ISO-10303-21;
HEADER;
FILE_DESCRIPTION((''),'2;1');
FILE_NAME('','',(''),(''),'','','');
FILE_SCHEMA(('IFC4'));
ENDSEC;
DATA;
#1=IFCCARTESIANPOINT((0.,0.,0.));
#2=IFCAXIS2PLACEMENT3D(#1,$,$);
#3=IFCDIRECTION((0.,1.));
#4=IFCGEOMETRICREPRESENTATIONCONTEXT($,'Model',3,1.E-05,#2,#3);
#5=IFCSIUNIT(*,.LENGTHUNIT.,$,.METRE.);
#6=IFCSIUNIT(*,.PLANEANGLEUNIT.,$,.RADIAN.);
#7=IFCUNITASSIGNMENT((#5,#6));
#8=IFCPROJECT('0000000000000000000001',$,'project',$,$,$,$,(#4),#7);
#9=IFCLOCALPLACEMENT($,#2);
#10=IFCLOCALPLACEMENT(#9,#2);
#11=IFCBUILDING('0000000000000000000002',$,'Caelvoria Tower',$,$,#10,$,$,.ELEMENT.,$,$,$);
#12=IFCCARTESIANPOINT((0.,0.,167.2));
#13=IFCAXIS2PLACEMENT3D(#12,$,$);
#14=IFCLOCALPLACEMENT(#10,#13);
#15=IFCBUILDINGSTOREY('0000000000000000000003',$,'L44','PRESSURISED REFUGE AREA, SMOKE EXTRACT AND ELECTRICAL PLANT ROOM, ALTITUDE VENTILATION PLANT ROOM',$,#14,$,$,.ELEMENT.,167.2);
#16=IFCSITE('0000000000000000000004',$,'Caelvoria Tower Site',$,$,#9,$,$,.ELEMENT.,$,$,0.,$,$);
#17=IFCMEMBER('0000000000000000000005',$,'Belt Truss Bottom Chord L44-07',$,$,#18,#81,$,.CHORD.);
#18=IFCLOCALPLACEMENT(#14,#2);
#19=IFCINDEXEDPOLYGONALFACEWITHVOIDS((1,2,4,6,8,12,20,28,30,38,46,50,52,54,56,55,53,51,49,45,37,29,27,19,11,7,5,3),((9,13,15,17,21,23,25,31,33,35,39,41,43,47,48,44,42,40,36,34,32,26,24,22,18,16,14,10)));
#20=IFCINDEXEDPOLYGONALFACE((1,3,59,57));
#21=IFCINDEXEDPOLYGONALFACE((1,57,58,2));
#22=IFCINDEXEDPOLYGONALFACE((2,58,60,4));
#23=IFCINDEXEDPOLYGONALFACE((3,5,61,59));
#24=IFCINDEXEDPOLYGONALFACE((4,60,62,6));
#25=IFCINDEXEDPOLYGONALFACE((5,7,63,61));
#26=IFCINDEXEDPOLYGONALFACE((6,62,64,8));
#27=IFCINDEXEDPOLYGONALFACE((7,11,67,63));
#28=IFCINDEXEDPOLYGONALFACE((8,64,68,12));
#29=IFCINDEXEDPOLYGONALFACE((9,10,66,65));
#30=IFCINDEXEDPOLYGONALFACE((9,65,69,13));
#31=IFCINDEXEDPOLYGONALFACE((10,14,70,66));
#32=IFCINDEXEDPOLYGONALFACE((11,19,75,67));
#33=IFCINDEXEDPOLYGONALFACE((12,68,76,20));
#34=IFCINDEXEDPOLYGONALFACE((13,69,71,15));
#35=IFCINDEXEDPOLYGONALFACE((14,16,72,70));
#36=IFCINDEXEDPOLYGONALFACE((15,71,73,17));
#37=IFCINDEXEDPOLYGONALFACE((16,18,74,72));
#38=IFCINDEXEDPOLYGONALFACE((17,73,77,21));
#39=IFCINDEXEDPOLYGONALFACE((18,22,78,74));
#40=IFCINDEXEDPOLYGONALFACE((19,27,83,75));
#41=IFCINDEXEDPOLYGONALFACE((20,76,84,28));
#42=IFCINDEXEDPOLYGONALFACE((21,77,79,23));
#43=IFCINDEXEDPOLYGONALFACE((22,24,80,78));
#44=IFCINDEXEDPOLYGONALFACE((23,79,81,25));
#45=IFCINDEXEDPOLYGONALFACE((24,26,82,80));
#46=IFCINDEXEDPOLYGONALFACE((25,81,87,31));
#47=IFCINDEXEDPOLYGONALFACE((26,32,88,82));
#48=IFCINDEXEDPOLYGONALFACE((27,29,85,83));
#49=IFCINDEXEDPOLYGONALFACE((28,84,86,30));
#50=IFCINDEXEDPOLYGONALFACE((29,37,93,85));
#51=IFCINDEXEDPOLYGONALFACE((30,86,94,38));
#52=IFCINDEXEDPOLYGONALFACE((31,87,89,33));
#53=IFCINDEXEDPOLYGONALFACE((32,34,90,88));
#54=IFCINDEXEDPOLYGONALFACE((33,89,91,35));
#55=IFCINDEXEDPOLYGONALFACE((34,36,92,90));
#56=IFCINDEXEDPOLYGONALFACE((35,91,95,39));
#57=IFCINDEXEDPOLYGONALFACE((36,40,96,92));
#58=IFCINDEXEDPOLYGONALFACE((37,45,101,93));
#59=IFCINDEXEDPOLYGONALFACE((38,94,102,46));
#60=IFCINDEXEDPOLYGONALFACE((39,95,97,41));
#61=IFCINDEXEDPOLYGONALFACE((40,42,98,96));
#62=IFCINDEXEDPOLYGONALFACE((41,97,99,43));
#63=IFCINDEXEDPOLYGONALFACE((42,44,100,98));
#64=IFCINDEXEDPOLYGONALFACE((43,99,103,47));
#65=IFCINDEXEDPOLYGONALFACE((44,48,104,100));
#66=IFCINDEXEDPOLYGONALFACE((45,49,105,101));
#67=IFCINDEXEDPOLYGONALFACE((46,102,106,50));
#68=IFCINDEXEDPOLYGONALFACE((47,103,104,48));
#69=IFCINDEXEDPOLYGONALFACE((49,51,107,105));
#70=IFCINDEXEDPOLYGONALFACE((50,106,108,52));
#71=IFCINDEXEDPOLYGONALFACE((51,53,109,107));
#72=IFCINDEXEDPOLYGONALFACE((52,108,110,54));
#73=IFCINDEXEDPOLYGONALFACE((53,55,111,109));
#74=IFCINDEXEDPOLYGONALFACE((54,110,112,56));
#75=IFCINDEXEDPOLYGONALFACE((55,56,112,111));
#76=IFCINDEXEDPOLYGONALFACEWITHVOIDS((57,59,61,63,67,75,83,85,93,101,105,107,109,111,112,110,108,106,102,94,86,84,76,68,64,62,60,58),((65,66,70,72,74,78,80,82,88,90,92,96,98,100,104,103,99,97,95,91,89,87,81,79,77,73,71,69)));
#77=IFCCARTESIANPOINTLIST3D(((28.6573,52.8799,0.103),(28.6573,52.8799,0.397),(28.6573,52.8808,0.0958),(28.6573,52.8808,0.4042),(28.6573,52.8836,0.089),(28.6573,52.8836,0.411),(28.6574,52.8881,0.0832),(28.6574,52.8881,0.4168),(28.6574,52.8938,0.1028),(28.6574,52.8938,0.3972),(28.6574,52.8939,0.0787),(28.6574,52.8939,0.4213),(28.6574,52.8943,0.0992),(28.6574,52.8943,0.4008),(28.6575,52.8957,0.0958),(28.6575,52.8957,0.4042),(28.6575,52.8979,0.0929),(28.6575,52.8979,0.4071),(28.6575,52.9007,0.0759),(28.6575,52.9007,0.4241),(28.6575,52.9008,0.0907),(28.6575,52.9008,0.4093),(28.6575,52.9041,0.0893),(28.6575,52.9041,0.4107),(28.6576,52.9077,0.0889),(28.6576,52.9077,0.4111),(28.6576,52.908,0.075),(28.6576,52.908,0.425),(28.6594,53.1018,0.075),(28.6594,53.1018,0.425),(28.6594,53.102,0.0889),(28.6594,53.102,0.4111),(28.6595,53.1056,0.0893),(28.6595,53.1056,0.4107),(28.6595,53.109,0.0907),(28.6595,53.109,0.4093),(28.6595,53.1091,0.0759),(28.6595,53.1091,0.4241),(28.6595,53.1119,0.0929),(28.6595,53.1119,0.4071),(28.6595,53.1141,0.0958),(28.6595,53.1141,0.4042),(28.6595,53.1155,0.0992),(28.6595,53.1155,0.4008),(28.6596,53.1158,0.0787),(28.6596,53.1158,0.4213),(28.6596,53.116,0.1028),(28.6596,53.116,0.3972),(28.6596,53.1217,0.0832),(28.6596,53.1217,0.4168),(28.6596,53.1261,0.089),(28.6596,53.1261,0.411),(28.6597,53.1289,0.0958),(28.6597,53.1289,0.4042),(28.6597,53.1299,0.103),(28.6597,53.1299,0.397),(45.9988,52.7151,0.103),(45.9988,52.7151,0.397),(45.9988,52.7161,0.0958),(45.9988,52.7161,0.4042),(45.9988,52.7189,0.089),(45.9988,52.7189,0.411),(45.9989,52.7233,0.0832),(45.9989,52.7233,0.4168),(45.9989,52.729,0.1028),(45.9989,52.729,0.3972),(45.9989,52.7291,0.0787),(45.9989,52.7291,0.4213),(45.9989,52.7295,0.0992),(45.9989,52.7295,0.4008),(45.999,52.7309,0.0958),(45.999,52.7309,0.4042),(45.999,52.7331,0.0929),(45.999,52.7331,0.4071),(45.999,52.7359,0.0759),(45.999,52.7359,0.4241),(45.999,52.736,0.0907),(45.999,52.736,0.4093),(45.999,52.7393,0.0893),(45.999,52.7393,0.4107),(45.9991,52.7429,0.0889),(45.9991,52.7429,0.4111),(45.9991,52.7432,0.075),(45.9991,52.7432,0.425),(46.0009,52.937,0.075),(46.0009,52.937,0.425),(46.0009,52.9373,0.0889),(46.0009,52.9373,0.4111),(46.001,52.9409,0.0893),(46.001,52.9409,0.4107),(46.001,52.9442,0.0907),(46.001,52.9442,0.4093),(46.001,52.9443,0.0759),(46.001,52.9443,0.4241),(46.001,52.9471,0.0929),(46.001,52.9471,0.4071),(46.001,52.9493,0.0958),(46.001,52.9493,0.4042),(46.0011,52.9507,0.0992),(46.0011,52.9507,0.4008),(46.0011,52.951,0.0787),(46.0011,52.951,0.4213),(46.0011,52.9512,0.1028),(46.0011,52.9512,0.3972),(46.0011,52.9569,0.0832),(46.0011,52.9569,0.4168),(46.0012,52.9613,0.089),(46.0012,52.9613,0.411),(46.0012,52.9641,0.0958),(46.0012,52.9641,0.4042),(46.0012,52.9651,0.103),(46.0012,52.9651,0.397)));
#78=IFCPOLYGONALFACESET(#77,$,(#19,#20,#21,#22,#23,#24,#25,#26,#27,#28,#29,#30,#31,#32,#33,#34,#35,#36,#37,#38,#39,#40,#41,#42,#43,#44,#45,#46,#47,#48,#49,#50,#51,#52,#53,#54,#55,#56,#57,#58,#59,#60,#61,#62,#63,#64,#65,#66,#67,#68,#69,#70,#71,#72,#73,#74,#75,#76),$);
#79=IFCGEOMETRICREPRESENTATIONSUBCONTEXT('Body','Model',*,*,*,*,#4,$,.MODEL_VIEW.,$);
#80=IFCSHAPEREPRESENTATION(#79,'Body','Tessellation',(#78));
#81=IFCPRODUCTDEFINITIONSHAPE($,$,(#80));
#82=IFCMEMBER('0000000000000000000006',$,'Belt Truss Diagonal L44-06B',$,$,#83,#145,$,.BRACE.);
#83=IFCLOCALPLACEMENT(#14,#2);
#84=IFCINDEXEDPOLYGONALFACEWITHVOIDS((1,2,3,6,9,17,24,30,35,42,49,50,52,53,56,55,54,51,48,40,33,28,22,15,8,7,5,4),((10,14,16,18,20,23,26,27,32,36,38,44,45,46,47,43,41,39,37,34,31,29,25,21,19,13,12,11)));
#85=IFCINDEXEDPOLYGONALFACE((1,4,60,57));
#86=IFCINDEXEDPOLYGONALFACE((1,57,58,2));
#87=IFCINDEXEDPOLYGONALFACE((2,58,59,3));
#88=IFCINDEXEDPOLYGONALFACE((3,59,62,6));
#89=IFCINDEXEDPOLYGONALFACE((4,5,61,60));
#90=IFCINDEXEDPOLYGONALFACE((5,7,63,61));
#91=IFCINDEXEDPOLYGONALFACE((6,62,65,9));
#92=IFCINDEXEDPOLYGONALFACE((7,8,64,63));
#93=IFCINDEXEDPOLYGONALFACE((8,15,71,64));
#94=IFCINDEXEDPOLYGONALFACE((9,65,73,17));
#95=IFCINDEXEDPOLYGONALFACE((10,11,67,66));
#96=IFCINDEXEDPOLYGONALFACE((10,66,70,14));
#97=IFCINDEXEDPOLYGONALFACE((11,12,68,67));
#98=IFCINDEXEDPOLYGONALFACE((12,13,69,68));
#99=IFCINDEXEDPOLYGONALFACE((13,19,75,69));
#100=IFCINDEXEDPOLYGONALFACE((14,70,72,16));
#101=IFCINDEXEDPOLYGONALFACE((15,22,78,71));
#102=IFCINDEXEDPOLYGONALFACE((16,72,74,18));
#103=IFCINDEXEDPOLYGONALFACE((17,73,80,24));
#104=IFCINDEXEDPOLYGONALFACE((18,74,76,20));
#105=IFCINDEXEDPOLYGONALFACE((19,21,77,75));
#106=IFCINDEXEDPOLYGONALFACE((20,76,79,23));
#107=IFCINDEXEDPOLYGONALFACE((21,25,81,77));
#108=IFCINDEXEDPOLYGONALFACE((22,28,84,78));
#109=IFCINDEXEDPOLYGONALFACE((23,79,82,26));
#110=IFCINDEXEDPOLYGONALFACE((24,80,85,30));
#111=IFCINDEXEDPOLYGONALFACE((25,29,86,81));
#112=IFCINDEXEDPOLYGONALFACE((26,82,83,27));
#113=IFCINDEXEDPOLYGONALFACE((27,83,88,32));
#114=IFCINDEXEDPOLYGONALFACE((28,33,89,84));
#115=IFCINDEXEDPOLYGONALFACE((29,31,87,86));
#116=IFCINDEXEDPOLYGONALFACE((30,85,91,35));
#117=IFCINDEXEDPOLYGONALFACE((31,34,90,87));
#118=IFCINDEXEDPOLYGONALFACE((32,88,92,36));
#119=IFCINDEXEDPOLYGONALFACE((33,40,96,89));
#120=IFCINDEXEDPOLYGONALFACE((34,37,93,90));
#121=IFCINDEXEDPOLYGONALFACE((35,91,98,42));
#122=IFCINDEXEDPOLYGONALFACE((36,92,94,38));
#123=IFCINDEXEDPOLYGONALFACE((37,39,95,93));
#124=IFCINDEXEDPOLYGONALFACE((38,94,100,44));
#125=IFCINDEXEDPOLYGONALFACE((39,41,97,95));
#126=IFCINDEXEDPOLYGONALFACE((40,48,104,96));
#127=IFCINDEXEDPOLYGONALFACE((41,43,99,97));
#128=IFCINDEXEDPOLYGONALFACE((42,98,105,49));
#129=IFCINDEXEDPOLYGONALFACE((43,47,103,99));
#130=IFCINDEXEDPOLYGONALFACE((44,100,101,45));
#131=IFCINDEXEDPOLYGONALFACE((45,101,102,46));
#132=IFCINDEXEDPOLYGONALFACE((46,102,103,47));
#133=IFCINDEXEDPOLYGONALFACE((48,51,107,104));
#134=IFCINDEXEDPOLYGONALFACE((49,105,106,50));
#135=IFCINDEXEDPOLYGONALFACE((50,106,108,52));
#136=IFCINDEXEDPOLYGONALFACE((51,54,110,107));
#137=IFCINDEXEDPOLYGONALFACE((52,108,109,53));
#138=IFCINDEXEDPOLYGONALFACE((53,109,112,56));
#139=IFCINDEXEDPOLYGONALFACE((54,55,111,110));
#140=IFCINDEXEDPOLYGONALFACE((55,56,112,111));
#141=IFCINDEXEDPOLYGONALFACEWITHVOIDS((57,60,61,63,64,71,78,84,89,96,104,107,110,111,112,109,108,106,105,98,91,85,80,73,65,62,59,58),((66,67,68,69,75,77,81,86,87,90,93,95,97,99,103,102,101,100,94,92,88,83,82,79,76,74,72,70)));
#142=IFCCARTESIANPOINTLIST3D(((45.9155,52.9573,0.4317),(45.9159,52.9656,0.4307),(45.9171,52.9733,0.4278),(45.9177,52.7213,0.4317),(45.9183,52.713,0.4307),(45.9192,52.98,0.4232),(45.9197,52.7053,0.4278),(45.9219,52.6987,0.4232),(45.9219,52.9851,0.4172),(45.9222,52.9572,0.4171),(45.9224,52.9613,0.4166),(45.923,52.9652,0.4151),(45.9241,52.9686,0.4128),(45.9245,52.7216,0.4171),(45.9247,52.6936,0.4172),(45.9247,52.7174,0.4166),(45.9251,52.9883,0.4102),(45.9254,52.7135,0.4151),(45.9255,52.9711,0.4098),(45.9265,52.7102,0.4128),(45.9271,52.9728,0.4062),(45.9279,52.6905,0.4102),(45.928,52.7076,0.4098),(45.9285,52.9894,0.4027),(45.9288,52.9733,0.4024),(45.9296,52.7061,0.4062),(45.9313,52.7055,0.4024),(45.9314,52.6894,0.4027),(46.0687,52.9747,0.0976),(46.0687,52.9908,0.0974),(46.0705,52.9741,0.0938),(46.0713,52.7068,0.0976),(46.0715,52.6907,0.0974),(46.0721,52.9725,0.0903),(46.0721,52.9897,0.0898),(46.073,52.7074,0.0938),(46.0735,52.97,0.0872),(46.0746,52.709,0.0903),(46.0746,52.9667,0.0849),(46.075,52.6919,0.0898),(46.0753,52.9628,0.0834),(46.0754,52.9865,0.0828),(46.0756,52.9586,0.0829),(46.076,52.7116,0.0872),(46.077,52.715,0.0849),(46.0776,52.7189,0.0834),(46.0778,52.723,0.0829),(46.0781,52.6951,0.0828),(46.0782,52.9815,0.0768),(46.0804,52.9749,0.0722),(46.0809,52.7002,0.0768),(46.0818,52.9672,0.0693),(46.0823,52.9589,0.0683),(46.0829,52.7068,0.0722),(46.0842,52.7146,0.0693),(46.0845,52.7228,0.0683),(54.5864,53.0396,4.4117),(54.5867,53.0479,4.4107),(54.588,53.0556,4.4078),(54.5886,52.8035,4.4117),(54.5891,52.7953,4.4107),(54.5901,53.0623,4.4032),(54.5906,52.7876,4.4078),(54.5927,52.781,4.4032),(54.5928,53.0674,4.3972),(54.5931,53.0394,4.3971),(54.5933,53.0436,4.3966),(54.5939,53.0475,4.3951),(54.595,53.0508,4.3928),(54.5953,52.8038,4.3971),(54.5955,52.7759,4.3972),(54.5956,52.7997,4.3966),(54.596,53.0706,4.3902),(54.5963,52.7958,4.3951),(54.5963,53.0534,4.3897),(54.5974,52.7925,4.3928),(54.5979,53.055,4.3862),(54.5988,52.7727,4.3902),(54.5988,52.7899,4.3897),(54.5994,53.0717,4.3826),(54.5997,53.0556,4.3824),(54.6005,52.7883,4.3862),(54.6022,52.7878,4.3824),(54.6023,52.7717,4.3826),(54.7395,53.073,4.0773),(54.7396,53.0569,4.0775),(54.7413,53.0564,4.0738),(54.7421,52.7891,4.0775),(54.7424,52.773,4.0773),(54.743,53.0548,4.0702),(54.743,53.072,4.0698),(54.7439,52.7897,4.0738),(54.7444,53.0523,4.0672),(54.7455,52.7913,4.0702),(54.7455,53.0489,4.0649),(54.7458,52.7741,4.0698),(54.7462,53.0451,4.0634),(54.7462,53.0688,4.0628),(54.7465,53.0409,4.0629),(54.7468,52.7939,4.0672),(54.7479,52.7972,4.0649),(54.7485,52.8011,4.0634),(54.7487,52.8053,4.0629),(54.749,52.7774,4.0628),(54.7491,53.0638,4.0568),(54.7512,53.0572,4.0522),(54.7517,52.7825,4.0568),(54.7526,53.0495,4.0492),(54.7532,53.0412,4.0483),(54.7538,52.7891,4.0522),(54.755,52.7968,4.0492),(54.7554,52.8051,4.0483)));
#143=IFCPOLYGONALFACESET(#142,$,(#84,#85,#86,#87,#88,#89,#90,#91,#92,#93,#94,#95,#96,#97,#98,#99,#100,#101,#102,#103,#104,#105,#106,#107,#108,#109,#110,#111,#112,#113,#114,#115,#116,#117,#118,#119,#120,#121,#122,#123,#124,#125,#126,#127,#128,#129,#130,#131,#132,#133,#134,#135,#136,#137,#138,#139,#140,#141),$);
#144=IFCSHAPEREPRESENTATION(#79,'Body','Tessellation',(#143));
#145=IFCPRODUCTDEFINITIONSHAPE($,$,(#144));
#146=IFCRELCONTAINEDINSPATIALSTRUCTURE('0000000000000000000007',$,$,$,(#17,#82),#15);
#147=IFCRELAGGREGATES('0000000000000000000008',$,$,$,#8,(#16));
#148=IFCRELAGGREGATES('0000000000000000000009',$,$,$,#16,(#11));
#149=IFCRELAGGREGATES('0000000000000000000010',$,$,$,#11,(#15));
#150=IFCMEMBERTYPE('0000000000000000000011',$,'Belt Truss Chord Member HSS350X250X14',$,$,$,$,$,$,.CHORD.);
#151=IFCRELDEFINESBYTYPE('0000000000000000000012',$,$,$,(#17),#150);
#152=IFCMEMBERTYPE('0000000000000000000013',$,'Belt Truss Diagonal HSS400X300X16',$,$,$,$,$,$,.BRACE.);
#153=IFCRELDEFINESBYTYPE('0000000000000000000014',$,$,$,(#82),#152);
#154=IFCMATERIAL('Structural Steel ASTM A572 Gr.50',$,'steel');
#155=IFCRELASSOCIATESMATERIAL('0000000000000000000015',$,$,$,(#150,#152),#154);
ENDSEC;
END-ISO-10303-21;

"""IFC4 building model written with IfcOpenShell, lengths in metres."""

from ifc_helpers import new_model, si_unit, direction, frame, origin, origin_2d, place, context, subcontext, project, spatial, hollow_rectangle, extrude, material, material_profile, profile_set, type_object, element, save


model = new_model("IFC4")

# Units and contexts
model_context = context("Model", 3, precision=1e-05, world=origin(), true_north=direction((0.0, 1.0)))
body_context = subcontext(model_context, "Body", "Model", "MODEL_VIEW")
ifc_project = project(units=[si_unit("LENGTHUNIT", "METRE"), si_unit("PLANEANGLEUNIT", "RADIAN")], contexts=[model_context])

# Site, building, storey
site_placement = place(None, origin())
site = spatial("IfcSite", under=ifc_project, at=site_placement, Name="Caelvoria Tower Site", CompositionType="ELEMENT", RefElevation=0.0)
building_placement = place(site_placement, origin())
building = spatial("IfcBuilding", under=site, at=building_placement, Name="Caelvoria Tower", CompositionType="ELEMENT")
storey_placement = place(building_placement, frame((0.0, 0.0, 167.2)))
storey = spatial("IfcBuildingStorey", under=building, at=storey_placement, Name="L44", Description="PRESSURISED REFUGE AREA, SMOKE EXTRACT AND ELECTRICAL PLANT ROOM, ALTITUDE VENTILATION PLANT ROOM", CompositionType="ELEMENT", Elevation=167.2)

# Members
ifc_material_1 = material(Name="Structural Steel ASTM A572 Gr.50", Category="steel")
ifc_material_profile_1 = material_profile(ifc_material_1, hollow_rectangle(XDim=0.25, YDim=0.3501, WallThickness=0.0139, InnerFilletRadius=0.0139, OuterFilletRadius=0.0281, at=origin_2d()), Name="Structural Steel ASTM A572 Gr.50")
ifc_profile_set_1 = profile_set([ifc_material_profile_1], Name="HSS350X250X14 - Structural Steel ASTM A572 Gr.50")
member_type_1 = type_object("IfcMemberType", Name="Belt Truss Chord Member HSS350X250X14", PredefinedType="CHORD", material=ifc_profile_set_1)
member_1_placement = place(storey_placement, frame((46.0, 52.8401, 0.25), z_axis=(-0.999955, 0.009502, 0.0), x_axis=(-0.009502, -0.999955, 0.0)))
element("IfcMember", 1, at=member_1_placement, inside=storey, type_object=member_type_1, Name="Belt Truss Bottom Chord L44-07", PredefinedType="CHORD", context=body_context, shape_type="SweptSolid", body=[
    extrude(hollow_rectangle(XDim=0.25, YDim=0.3501, WallThickness=0.0139, InnerFilletRadius=0.0139, OuterFilletRadius=0.0281, at=origin_2d()), origin(), (0.0, 0.0, 1.0), 17.3423),
])
ifc_material_profile_2 = material_profile(ifc_material_1, hollow_rectangle(XDim=0.3, YDim=0.3999, WallThickness=0.0161, InnerFilletRadius=0.0161, OuterFilletRadius=0.032, at=origin_2d()), Name="Structural Steel ASTM A572 Gr.50")
ifc_profile_set_2 = profile_set([ifc_material_profile_2], Name="HSS400X300X16 - Structural Steel ASTM A572 Gr.50")
member_type_2 = type_object("IfcMemberType", Name="Belt Truss Diagonal HSS400X300X16", PredefinedType="BRACE", material=ifc_profile_set_2)
for number, where, z_axis, x_axis, name in (
    (2, (54.6709, 52.9224, 4.23), (-0.9088, -0.008623, -0.417143), (0.009488, -0.999955, 0.0), "Belt Truss Diagonal L44-06B"),
):
    element("IfcMember", number, at=place(storey_placement, frame(where, z_axis=z_axis, x_axis=x_axis)), inside=storey, type_object=member_type_2, Name=name, PredefinedType="BRACE", context=body_context, shape_type="SweptSolid", body=[
        extrude(hollow_rectangle(XDim=0.3, YDim=0.3999, WallThickness=0.0161, InnerFilletRadius=0.0161, OuterFilletRadius=0.032, at=origin_2d()), origin(), (0.0, 0.0, 1.0), 9.541),
    ])

save(model, "model.ifc")
